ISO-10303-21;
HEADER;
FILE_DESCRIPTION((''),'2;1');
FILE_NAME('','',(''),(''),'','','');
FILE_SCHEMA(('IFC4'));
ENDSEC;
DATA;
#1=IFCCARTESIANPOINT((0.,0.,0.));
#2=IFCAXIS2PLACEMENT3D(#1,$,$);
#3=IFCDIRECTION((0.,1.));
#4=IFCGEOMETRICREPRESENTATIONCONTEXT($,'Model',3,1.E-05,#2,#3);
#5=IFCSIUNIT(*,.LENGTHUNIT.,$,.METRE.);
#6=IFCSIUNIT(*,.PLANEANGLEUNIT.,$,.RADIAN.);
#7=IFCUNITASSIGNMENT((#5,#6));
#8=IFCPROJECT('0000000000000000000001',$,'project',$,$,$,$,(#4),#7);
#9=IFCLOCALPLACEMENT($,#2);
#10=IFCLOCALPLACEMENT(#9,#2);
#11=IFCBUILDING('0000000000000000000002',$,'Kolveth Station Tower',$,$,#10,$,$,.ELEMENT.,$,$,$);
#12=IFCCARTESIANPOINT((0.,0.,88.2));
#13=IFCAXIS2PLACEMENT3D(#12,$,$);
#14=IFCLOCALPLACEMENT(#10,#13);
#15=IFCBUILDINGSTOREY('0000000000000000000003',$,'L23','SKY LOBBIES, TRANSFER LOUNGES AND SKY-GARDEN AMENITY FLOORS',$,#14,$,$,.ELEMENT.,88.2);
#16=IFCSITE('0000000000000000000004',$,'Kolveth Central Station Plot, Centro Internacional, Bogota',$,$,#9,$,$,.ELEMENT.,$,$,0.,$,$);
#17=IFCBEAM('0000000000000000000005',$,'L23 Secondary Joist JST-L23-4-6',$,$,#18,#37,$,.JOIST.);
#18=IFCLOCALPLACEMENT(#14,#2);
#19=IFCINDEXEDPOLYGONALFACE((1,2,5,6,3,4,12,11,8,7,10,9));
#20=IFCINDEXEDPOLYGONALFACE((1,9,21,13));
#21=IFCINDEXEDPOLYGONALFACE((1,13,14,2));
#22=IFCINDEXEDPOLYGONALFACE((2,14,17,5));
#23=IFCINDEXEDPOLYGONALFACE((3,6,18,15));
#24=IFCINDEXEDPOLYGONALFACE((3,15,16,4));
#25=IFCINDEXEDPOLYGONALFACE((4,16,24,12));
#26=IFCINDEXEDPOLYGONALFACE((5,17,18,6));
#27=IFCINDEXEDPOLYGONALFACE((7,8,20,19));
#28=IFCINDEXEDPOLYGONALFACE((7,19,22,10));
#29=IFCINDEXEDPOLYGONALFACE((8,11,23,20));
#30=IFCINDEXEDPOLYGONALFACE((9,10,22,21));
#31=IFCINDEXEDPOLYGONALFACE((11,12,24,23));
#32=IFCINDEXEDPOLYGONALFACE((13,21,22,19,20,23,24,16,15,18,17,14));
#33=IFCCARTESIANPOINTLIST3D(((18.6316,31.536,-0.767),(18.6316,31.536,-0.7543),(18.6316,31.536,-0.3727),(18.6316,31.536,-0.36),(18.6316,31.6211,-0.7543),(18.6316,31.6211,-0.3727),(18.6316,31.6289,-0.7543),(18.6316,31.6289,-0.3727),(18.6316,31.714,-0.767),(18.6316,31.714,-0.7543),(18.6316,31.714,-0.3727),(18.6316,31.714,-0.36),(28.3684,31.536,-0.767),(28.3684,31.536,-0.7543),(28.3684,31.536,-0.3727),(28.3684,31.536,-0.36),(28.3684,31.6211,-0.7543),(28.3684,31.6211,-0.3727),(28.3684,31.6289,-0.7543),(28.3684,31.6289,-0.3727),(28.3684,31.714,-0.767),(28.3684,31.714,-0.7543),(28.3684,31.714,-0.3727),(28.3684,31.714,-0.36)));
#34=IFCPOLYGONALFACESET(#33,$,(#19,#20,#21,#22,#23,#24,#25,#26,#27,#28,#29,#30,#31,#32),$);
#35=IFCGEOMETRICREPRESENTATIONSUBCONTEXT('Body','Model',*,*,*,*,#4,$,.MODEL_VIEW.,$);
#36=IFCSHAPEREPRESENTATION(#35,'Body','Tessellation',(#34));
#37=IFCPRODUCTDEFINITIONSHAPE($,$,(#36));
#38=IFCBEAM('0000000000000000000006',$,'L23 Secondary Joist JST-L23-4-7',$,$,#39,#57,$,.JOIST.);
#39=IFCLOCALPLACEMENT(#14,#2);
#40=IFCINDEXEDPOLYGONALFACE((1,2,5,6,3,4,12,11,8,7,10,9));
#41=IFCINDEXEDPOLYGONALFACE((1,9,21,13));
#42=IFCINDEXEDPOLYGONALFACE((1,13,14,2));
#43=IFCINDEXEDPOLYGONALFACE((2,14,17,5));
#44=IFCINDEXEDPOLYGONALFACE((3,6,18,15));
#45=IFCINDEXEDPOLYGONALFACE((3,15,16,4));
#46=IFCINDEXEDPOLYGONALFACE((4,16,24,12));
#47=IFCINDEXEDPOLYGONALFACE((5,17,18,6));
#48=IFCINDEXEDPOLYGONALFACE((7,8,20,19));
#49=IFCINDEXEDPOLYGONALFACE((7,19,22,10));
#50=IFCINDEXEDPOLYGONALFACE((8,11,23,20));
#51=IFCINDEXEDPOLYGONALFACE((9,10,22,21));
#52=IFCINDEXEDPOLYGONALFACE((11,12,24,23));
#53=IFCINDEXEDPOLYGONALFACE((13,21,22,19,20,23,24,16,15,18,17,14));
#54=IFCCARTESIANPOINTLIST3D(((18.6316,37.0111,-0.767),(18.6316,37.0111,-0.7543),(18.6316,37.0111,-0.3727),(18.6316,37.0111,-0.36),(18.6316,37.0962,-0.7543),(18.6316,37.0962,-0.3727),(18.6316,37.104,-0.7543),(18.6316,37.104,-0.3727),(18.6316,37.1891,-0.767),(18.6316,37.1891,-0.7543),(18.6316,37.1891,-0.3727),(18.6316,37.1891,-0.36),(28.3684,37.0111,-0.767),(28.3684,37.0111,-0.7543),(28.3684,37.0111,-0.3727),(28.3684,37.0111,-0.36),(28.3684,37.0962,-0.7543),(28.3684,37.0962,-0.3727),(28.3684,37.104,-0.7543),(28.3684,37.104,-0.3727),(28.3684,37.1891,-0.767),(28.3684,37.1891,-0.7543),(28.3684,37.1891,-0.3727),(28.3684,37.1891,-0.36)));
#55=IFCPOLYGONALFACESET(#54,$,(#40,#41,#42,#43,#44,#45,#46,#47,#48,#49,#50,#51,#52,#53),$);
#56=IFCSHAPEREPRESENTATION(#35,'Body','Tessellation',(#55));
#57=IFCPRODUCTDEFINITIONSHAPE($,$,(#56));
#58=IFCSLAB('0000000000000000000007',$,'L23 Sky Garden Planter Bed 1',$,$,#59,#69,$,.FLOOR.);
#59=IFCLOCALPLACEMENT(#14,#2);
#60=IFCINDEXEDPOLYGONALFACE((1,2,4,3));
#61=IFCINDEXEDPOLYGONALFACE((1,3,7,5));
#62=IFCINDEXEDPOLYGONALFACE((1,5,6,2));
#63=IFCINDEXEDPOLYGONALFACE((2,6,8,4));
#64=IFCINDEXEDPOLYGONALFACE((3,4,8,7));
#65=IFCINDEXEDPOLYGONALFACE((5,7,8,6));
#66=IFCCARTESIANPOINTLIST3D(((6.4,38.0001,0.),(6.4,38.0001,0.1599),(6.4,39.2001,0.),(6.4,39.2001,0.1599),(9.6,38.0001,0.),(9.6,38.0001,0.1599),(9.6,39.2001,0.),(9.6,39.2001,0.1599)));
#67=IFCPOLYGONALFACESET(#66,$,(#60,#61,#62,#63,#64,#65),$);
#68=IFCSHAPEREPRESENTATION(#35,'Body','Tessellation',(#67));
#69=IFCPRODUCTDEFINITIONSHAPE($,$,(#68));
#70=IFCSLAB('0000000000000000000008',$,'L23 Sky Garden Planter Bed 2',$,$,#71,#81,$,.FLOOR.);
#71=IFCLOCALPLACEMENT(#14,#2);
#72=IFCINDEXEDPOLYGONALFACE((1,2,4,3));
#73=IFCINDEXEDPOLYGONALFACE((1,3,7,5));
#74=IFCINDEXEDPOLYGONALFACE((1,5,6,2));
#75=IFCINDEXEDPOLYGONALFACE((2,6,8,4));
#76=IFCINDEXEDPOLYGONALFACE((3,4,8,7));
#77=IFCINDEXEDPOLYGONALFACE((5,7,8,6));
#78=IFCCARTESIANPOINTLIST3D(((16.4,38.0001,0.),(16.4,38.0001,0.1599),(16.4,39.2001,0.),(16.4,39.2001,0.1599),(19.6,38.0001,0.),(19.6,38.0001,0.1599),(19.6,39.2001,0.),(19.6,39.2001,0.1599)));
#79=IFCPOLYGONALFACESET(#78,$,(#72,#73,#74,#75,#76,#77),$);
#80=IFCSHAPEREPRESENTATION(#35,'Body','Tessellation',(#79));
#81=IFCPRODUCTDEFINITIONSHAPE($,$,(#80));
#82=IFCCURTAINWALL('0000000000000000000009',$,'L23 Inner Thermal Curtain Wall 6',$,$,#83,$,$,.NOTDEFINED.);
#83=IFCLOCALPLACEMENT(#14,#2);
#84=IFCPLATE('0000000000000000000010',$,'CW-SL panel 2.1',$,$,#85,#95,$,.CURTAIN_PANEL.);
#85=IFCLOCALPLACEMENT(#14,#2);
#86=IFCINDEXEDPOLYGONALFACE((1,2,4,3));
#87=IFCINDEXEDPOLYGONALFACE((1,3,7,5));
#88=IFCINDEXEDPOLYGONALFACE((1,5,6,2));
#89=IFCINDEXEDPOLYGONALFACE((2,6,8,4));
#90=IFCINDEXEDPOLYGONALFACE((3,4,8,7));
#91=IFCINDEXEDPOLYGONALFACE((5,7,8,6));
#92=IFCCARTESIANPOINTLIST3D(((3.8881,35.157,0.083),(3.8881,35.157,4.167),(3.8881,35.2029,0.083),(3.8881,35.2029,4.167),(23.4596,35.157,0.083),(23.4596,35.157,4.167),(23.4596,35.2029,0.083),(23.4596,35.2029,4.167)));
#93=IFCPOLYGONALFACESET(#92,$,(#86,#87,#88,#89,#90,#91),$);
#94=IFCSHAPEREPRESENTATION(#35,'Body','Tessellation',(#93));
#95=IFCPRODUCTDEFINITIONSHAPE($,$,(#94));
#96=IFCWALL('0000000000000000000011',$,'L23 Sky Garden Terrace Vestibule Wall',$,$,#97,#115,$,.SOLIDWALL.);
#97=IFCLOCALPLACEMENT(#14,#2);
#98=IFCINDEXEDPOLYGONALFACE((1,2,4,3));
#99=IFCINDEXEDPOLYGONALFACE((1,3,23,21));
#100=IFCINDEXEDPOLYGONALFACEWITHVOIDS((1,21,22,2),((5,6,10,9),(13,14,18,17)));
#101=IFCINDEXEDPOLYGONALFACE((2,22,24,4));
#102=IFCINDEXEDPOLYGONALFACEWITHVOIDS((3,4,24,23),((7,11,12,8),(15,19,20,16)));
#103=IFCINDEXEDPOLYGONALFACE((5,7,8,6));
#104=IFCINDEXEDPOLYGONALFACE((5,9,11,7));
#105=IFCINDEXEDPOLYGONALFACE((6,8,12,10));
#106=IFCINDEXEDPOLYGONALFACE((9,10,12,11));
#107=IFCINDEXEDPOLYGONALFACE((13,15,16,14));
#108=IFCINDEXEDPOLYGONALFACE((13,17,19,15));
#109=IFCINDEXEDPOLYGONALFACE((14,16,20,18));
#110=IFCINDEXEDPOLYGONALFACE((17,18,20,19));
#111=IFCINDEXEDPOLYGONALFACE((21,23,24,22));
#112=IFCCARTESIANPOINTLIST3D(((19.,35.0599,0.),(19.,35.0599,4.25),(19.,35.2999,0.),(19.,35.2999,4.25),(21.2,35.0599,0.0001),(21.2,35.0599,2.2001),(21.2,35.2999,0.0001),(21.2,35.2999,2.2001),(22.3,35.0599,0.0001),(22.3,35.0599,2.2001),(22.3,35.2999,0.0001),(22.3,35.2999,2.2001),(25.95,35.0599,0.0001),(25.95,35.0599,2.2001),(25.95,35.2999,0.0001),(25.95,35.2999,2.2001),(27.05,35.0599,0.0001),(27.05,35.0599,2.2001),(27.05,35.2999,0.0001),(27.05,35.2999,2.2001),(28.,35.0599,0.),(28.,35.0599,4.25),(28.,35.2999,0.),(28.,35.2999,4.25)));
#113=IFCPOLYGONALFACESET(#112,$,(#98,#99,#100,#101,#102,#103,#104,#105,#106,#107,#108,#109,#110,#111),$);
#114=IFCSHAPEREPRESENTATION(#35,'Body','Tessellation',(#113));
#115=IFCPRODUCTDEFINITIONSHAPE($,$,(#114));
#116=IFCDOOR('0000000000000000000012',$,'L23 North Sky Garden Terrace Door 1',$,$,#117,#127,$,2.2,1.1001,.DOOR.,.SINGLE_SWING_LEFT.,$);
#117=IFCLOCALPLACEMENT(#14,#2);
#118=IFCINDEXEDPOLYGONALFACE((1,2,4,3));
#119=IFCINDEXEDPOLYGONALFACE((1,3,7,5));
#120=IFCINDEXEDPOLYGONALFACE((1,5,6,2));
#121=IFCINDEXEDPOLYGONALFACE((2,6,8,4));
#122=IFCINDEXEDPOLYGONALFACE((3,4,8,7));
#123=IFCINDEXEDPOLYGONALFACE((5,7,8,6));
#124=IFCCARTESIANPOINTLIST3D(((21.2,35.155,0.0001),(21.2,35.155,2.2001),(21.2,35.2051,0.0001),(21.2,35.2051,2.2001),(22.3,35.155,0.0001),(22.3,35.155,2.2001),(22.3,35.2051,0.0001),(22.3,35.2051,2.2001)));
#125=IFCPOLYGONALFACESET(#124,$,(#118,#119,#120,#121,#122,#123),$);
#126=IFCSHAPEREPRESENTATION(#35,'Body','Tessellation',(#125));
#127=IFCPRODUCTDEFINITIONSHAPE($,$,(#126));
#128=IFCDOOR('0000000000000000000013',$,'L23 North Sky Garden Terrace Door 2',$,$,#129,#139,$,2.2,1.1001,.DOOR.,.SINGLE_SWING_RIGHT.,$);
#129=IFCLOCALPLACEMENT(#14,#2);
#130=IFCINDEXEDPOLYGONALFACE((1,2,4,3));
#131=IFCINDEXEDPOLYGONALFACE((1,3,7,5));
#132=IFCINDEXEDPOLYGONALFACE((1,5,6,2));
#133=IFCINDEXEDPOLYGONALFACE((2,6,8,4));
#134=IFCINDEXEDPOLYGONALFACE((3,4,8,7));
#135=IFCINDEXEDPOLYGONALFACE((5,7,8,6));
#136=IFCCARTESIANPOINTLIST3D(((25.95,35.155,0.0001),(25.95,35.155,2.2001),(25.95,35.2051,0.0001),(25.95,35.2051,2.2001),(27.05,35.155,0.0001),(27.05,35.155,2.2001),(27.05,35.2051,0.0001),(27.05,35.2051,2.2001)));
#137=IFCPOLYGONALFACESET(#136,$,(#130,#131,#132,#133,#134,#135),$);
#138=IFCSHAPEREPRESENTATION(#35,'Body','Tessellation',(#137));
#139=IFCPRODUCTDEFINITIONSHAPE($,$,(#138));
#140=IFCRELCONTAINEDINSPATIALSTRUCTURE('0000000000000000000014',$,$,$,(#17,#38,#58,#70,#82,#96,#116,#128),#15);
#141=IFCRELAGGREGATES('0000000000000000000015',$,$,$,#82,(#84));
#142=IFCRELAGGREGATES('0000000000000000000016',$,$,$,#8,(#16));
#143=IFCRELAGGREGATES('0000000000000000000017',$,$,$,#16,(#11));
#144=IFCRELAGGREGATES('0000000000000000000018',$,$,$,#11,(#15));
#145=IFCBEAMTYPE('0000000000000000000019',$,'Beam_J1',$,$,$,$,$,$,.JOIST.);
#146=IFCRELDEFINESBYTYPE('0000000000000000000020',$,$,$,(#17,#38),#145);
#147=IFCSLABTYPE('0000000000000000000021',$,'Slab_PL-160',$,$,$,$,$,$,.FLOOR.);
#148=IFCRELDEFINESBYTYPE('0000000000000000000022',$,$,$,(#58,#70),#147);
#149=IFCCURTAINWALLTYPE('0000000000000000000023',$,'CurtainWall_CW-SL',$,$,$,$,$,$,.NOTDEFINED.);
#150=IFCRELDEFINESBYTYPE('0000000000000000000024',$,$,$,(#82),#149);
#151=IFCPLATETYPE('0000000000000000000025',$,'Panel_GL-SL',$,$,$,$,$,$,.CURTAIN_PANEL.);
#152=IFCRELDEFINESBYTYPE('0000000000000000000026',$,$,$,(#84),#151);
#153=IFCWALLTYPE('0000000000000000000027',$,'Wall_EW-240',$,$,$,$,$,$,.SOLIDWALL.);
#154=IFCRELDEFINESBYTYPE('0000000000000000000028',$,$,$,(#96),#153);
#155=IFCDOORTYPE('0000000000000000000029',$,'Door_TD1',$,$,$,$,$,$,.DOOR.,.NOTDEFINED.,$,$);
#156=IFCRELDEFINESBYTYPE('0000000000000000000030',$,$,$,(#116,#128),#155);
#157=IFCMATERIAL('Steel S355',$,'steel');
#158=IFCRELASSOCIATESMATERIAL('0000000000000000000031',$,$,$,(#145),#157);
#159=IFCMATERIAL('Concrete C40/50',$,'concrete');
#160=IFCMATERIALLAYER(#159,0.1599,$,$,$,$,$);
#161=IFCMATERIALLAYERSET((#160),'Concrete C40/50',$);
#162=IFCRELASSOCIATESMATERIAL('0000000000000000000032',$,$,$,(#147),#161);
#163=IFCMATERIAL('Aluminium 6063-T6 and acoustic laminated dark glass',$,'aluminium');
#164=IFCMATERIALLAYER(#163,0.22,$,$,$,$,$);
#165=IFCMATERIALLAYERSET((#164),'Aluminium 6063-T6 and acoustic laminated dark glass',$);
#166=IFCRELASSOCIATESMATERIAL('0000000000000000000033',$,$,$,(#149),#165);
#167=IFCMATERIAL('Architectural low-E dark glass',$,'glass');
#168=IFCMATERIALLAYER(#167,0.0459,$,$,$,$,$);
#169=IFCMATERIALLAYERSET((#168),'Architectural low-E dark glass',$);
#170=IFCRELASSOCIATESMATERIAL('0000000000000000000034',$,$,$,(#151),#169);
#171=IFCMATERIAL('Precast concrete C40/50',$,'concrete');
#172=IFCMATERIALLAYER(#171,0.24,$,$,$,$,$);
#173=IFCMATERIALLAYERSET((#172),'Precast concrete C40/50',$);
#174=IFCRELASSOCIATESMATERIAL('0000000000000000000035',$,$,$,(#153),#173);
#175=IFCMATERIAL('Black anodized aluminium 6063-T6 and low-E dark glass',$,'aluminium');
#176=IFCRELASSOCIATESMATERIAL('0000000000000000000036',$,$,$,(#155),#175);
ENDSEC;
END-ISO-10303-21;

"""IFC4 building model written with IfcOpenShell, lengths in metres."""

from ifc_helpers import new_model, si_unit, direction, frame, frame_2d, origin, origin_2d, place, context, subcontext, project, spatial, rectangle, i_section, extrude, source, transform, mapped, material, layer, layer_set, material_profile, profile_set, type_object, element, fill, aggregate, save


model = new_model("IFC4")

# Units and contexts
model_context = context("Model", 3, precision=1e-05, world=origin(), true_north=direction((0.0, 1.0)))
body_context = subcontext(model_context, "Body", "Model", "MODEL_VIEW")
ifc_project = project(units=[si_unit("LENGTHUNIT", "METRE"), si_unit("PLANEANGLEUNIT", "RADIAN")], contexts=[model_context])

# Site, building, storey
site_placement = place(None, origin())
site = spatial("IfcSite", under=ifc_project, at=site_placement, Name="Kolveth Central Station Plot, Centro Internacional, Bogota", CompositionType="ELEMENT", RefElevation=0.0)
building_placement = place(site_placement, origin())
building = spatial("IfcBuilding", under=site, at=building_placement, Name="Kolveth Station Tower", CompositionType="ELEMENT")
storey_placement = place(building_placement, frame((0.0, 0.0, 88.2)))
storey = spatial("IfcBuildingStorey", under=building, at=storey_placement, Name="L23", Description="SKY LOBBIES, TRANSFER LOUNGES AND SKY-GARDEN AMENITY FLOORS", CompositionType="ELEMENT", Elevation=88.2)

# Beams
ifc_material_1 = material(Name="Steel S355", Category="steel")
ifc_material_profile_1 = material_profile(ifc_material_1, i_section(OverallWidth=0.178, OverallDepth=0.407, WebThickness=0.0078, FlangeThickness=0.0127, at=origin_2d()), Name="W410x60")
ifc_profile_set_1 = profile_set([ifc_material_profile_1], Name="Steel S355")
beam_type_1 = type_object("IfcBeamType", Name="Beam_J1", PredefinedType="JOIST", material=ifc_profile_set_1)
shared_shape_1 = source(origin(), body_context, "Body", "SweptSolid", [
    extrude(i_section(OverallWidth=0.178, OverallDepth=0.407, WebThickness=0.0078, FlangeThickness=0.0127, at=origin_2d()), origin(), (0.0, 0.0, 1.0), 9.7368),
])
for number, where, z_axis, x_axis, name in (
    (1, (18.6316, 31.625, -0.5635), (1.0, 0.0, 0.0), (0.0, 1.0, 0.0), "L23 Secondary Joist JST-L23-4-6"),
    (2, (18.6316, 37.1001, -0.5635), (1.0, 0.0, 0.0), (0.0, 1.0, 0.0), "L23 Secondary Joist JST-L23-4-7"),
):
    element("IfcBeam", number, at=place(storey_placement, frame(where, z_axis=z_axis, x_axis=x_axis)), inside=storey, type_object=beam_type_1, Name=name, PredefinedType="JOIST", context=body_context, shape_type="MappedRepresentation", body=[
        mapped(shared_shape_1, transform((0.0, 0.0, 0.0), x_axis=(1.0, 0.0, 0.0), y_axis=(0.0, 1.0, 0.0), z_axis=(0.0, 0.0, 1.0), scale=1.0)),
    ])

# Slabs
ifc_material_2 = material(Name="Concrete C40/50", Category="concrete")
ifc_layer_1 = layer(ifc_material_2, 0.1599)
ifc_layer_set_1 = layer_set([ifc_layer_1], Name="Concrete C40/50")
slab_type = type_object("IfcSlabType", Name="Slab_PL-160", PredefinedType="FLOOR", material=ifc_layer_set_1)
shared_shape_2 = source(origin(), body_context, "Body", "SweptSolid", [
    extrude(rectangle(XDim=3.2, YDim=1.2, at=origin_2d()), origin(), (0.0, 0.0, 1.0), 0.1599),
])
for number, where, z_axis, x_axis, name in (
    (3, (8.0, 38.6001, 0.0), (0.0, 0.0, 1.0), (1.0, 0.0, 0.0), "L23 Sky Garden Planter Bed 1"),
    (4, (18.0, 38.6001, 0.0), (0.0, 0.0, 1.0), (1.0, 0.0, 0.0), "L23 Sky Garden Planter Bed 2"),
):
    element("IfcSlab", number, at=place(storey_placement, frame(where, z_axis=z_axis, x_axis=x_axis)), inside=storey, type_object=slab_type, Name=name, PredefinedType="FLOOR", context=body_context, shape_type="MappedRepresentation", body=[
        mapped(shared_shape_2, transform((0.0, 0.0, 0.0), x_axis=(1.0, 0.0, 0.0), y_axis=(0.0, 1.0, 0.0), z_axis=(0.0, 0.0, 1.0), scale=1.0)),
    ])

# Curtain wall, plate
ifc_material_3 = material(Name="Aluminium 6063-T6 and acoustic laminated dark glass", Category="aluminium")
ifc_layer_2 = layer(ifc_material_3, 0.22)
ifc_layer_set_2 = layer_set([ifc_layer_2], Name="Aluminium 6063-T6 and acoustic laminated dark glass")
curtain_wall_type = type_object("IfcCurtainWallType", Name="CurtainWall_CW-SL", PredefinedType="NOTDEFINED", material=ifc_layer_set_2)
curtain_wall_placement = place(storey_placement, origin())
curtain_wall = element("IfcCurtainWall", 5, at=curtain_wall_placement, inside=storey, type_object=curtain_wall_type, Name="L23 Inner Thermal Curtain Wall 6", PredefinedType="NOTDEFINED")
ifc_material_4 = material(Name="Architectural low-E dark glass", Category="glass")
ifc_layer_3 = layer(ifc_material_4, 0.0459)
ifc_layer_set_3 = layer_set([ifc_layer_3], Name="Architectural low-E dark glass")
plate_type = type_object("IfcPlateType", Name="Panel_GL-SL", PredefinedType="CURTAIN_PANEL", material=ifc_layer_set_3)
shared_shape_3 = source(origin(), body_context, "Body", "SweptSolid", [
    extrude(rectangle(XDim=19.5715, YDim=0.0459, at=origin_2d()), origin(), (0.0, 0.0, 1.0), 4.084),
])
plate_placement = place(storey_placement, frame((13.6738, 35.1799, 0.083), z_axis=(0.0, 0.0, 1.0), x_axis=(-1.0, 0.0, 0.0)))
plate = element("IfcPlate", 6, at=plate_placement, type_object=plate_type, Name="CW-SL panel 2.1", PredefinedType="CURTAIN_PANEL", context=body_context, shape_type="MappedRepresentation", body=[
    mapped(shared_shape_3, transform((0.0, 0.0, 0.0), x_axis=(1.0, 0.0, 0.0), y_axis=(0.0, 1.0, 0.0), z_axis=(0.0, 0.0, 1.0), scale=1.0)),
])
aggregate(curtain_wall, [plate])

# Wall, openings, doors
ifc_material_5 = material(Name="Precast concrete C40/50", Category="concrete")
ifc_layer_4 = layer(ifc_material_5, 0.24)
ifc_layer_set_4 = layer_set([ifc_layer_4], Name="Precast concrete C40/50")
wall_type_1 = type_object("IfcWallType", Name="Wall_EW-240", PredefinedType="SOLIDWALL", material=ifc_layer_set_4)
wall_1_placement = place(storey_placement, frame((19.0, 35.1799, 0.0), z_axis=(0.0, 0.0, 1.0), x_axis=(1.0, 0.0, 0.0)))
wall_1 = element("IfcWall", 7, at=wall_1_placement, inside=storey, type_object=wall_type_1, Name="L23 Sky Garden Terrace Vestibule Wall", PredefinedType="SOLIDWALL", context=body_context, shape_type="SweptSolid", body=[
    extrude(rectangle(XDim=9.0, YDim=0.24, at=frame_2d((4.5, 0.0))), origin(), (0.0, 0.0, 1.0), 4.25),
])
opening_1_placement = place(wall_1_placement, frame((2.2, 0.0, 0.0)))
opening_1 = element("IfcOpeningElement", 8, at=opening_1_placement, cuts=wall_1, PredefinedType="OPENING", context=body_context, shape_type="SweptSolid", body=[
    extrude(rectangle(XDim=1.1001, YDim=2.2, at=frame_2d((0.55, 1.1001))), frame((0.0, 0.1299, 0.0), z_axis=(0.0, -1.0, 0.0), x_axis=(1.0, 0.0, 0.0)), (0.0, 0.0, 1.0), 0.26),
])
opening_2_placement = place(wall_1_placement, frame((6.95, 0.0, 0.0)))
opening_2 = element("IfcOpeningElement", 9, at=opening_2_placement, cuts=wall_1, PredefinedType="OPENING", context=body_context, shape_type="SweptSolid", body=[
    extrude(rectangle(XDim=1.1001, YDim=2.2, at=frame_2d((0.55, 1.1001))), frame((0.0, 0.1299, 0.0), z_axis=(0.0, -1.0, 0.0), x_axis=(1.0, 0.0, 0.0)), (0.0, 0.0, 1.0), 0.26),
])
ifc_material_6 = material(Name="Black anodized aluminium 6063-T6 and low-E dark glass", Category="aluminium")
door_type_1 = type_object("IfcDoorType", Name="Door_TD1", OperationType="NOTDEFINED", PredefinedType="DOOR", material=ifc_material_6)
door_1_placement = place(opening_1_placement, frame((1.1001, 0.0, 0.0), z_axis=(0.0, 0.0, 1.0), x_axis=(-1.0, 0.0, 0.0)))
door_1 = element("IfcDoor", 10, at=door_1_placement, inside=storey, type_object=door_type_1, Name="L23 North Sky Garden Terrace Door 1", OperationType="SINGLE_SWING_LEFT", OverallHeight=2.2, OverallWidth=1.1001, PredefinedType="DOOR", context=body_context, shape_type="SweptSolid", body=[
    extrude(rectangle(XDim=1.1001, YDim=2.2, at=frame_2d((0.55, 1.1001))), frame((0.0, 0.0249, 0.0), z_axis=(0.0, -1.0, 0.0), x_axis=(1.0, 0.0, 0.0)), (0.0, 0.0, 1.0), 0.05),
])
fill(opening_1, door_1)
door_2_placement = place(opening_2_placement, frame((1.1001, 0.0, 0.0), z_axis=(0.0, 0.0, 1.0), x_axis=(-1.0, 0.0, 0.0)))
door_2 = element("IfcDoor", 11, at=door_2_placement, inside=storey, type_object=door_type_1, Name="L23 North Sky Garden Terrace Door 2", OperationType="SINGLE_SWING_RIGHT", OverallHeight=2.2, OverallWidth=1.1001, PredefinedType="DOOR", context=body_context, shape_type="SweptSolid", body=[
    extrude(rectangle(XDim=1.1001, YDim=2.2, at=frame_2d((0.55, 1.1001))), frame((0.0, 0.0249, 0.0), z_axis=(0.0, -1.0, 0.0), x_axis=(1.0, 0.0, 0.0)), (0.0, 0.0, 1.0), 0.05),
])
fill(opening_2, door_2)

save(model, "model.ifc")
